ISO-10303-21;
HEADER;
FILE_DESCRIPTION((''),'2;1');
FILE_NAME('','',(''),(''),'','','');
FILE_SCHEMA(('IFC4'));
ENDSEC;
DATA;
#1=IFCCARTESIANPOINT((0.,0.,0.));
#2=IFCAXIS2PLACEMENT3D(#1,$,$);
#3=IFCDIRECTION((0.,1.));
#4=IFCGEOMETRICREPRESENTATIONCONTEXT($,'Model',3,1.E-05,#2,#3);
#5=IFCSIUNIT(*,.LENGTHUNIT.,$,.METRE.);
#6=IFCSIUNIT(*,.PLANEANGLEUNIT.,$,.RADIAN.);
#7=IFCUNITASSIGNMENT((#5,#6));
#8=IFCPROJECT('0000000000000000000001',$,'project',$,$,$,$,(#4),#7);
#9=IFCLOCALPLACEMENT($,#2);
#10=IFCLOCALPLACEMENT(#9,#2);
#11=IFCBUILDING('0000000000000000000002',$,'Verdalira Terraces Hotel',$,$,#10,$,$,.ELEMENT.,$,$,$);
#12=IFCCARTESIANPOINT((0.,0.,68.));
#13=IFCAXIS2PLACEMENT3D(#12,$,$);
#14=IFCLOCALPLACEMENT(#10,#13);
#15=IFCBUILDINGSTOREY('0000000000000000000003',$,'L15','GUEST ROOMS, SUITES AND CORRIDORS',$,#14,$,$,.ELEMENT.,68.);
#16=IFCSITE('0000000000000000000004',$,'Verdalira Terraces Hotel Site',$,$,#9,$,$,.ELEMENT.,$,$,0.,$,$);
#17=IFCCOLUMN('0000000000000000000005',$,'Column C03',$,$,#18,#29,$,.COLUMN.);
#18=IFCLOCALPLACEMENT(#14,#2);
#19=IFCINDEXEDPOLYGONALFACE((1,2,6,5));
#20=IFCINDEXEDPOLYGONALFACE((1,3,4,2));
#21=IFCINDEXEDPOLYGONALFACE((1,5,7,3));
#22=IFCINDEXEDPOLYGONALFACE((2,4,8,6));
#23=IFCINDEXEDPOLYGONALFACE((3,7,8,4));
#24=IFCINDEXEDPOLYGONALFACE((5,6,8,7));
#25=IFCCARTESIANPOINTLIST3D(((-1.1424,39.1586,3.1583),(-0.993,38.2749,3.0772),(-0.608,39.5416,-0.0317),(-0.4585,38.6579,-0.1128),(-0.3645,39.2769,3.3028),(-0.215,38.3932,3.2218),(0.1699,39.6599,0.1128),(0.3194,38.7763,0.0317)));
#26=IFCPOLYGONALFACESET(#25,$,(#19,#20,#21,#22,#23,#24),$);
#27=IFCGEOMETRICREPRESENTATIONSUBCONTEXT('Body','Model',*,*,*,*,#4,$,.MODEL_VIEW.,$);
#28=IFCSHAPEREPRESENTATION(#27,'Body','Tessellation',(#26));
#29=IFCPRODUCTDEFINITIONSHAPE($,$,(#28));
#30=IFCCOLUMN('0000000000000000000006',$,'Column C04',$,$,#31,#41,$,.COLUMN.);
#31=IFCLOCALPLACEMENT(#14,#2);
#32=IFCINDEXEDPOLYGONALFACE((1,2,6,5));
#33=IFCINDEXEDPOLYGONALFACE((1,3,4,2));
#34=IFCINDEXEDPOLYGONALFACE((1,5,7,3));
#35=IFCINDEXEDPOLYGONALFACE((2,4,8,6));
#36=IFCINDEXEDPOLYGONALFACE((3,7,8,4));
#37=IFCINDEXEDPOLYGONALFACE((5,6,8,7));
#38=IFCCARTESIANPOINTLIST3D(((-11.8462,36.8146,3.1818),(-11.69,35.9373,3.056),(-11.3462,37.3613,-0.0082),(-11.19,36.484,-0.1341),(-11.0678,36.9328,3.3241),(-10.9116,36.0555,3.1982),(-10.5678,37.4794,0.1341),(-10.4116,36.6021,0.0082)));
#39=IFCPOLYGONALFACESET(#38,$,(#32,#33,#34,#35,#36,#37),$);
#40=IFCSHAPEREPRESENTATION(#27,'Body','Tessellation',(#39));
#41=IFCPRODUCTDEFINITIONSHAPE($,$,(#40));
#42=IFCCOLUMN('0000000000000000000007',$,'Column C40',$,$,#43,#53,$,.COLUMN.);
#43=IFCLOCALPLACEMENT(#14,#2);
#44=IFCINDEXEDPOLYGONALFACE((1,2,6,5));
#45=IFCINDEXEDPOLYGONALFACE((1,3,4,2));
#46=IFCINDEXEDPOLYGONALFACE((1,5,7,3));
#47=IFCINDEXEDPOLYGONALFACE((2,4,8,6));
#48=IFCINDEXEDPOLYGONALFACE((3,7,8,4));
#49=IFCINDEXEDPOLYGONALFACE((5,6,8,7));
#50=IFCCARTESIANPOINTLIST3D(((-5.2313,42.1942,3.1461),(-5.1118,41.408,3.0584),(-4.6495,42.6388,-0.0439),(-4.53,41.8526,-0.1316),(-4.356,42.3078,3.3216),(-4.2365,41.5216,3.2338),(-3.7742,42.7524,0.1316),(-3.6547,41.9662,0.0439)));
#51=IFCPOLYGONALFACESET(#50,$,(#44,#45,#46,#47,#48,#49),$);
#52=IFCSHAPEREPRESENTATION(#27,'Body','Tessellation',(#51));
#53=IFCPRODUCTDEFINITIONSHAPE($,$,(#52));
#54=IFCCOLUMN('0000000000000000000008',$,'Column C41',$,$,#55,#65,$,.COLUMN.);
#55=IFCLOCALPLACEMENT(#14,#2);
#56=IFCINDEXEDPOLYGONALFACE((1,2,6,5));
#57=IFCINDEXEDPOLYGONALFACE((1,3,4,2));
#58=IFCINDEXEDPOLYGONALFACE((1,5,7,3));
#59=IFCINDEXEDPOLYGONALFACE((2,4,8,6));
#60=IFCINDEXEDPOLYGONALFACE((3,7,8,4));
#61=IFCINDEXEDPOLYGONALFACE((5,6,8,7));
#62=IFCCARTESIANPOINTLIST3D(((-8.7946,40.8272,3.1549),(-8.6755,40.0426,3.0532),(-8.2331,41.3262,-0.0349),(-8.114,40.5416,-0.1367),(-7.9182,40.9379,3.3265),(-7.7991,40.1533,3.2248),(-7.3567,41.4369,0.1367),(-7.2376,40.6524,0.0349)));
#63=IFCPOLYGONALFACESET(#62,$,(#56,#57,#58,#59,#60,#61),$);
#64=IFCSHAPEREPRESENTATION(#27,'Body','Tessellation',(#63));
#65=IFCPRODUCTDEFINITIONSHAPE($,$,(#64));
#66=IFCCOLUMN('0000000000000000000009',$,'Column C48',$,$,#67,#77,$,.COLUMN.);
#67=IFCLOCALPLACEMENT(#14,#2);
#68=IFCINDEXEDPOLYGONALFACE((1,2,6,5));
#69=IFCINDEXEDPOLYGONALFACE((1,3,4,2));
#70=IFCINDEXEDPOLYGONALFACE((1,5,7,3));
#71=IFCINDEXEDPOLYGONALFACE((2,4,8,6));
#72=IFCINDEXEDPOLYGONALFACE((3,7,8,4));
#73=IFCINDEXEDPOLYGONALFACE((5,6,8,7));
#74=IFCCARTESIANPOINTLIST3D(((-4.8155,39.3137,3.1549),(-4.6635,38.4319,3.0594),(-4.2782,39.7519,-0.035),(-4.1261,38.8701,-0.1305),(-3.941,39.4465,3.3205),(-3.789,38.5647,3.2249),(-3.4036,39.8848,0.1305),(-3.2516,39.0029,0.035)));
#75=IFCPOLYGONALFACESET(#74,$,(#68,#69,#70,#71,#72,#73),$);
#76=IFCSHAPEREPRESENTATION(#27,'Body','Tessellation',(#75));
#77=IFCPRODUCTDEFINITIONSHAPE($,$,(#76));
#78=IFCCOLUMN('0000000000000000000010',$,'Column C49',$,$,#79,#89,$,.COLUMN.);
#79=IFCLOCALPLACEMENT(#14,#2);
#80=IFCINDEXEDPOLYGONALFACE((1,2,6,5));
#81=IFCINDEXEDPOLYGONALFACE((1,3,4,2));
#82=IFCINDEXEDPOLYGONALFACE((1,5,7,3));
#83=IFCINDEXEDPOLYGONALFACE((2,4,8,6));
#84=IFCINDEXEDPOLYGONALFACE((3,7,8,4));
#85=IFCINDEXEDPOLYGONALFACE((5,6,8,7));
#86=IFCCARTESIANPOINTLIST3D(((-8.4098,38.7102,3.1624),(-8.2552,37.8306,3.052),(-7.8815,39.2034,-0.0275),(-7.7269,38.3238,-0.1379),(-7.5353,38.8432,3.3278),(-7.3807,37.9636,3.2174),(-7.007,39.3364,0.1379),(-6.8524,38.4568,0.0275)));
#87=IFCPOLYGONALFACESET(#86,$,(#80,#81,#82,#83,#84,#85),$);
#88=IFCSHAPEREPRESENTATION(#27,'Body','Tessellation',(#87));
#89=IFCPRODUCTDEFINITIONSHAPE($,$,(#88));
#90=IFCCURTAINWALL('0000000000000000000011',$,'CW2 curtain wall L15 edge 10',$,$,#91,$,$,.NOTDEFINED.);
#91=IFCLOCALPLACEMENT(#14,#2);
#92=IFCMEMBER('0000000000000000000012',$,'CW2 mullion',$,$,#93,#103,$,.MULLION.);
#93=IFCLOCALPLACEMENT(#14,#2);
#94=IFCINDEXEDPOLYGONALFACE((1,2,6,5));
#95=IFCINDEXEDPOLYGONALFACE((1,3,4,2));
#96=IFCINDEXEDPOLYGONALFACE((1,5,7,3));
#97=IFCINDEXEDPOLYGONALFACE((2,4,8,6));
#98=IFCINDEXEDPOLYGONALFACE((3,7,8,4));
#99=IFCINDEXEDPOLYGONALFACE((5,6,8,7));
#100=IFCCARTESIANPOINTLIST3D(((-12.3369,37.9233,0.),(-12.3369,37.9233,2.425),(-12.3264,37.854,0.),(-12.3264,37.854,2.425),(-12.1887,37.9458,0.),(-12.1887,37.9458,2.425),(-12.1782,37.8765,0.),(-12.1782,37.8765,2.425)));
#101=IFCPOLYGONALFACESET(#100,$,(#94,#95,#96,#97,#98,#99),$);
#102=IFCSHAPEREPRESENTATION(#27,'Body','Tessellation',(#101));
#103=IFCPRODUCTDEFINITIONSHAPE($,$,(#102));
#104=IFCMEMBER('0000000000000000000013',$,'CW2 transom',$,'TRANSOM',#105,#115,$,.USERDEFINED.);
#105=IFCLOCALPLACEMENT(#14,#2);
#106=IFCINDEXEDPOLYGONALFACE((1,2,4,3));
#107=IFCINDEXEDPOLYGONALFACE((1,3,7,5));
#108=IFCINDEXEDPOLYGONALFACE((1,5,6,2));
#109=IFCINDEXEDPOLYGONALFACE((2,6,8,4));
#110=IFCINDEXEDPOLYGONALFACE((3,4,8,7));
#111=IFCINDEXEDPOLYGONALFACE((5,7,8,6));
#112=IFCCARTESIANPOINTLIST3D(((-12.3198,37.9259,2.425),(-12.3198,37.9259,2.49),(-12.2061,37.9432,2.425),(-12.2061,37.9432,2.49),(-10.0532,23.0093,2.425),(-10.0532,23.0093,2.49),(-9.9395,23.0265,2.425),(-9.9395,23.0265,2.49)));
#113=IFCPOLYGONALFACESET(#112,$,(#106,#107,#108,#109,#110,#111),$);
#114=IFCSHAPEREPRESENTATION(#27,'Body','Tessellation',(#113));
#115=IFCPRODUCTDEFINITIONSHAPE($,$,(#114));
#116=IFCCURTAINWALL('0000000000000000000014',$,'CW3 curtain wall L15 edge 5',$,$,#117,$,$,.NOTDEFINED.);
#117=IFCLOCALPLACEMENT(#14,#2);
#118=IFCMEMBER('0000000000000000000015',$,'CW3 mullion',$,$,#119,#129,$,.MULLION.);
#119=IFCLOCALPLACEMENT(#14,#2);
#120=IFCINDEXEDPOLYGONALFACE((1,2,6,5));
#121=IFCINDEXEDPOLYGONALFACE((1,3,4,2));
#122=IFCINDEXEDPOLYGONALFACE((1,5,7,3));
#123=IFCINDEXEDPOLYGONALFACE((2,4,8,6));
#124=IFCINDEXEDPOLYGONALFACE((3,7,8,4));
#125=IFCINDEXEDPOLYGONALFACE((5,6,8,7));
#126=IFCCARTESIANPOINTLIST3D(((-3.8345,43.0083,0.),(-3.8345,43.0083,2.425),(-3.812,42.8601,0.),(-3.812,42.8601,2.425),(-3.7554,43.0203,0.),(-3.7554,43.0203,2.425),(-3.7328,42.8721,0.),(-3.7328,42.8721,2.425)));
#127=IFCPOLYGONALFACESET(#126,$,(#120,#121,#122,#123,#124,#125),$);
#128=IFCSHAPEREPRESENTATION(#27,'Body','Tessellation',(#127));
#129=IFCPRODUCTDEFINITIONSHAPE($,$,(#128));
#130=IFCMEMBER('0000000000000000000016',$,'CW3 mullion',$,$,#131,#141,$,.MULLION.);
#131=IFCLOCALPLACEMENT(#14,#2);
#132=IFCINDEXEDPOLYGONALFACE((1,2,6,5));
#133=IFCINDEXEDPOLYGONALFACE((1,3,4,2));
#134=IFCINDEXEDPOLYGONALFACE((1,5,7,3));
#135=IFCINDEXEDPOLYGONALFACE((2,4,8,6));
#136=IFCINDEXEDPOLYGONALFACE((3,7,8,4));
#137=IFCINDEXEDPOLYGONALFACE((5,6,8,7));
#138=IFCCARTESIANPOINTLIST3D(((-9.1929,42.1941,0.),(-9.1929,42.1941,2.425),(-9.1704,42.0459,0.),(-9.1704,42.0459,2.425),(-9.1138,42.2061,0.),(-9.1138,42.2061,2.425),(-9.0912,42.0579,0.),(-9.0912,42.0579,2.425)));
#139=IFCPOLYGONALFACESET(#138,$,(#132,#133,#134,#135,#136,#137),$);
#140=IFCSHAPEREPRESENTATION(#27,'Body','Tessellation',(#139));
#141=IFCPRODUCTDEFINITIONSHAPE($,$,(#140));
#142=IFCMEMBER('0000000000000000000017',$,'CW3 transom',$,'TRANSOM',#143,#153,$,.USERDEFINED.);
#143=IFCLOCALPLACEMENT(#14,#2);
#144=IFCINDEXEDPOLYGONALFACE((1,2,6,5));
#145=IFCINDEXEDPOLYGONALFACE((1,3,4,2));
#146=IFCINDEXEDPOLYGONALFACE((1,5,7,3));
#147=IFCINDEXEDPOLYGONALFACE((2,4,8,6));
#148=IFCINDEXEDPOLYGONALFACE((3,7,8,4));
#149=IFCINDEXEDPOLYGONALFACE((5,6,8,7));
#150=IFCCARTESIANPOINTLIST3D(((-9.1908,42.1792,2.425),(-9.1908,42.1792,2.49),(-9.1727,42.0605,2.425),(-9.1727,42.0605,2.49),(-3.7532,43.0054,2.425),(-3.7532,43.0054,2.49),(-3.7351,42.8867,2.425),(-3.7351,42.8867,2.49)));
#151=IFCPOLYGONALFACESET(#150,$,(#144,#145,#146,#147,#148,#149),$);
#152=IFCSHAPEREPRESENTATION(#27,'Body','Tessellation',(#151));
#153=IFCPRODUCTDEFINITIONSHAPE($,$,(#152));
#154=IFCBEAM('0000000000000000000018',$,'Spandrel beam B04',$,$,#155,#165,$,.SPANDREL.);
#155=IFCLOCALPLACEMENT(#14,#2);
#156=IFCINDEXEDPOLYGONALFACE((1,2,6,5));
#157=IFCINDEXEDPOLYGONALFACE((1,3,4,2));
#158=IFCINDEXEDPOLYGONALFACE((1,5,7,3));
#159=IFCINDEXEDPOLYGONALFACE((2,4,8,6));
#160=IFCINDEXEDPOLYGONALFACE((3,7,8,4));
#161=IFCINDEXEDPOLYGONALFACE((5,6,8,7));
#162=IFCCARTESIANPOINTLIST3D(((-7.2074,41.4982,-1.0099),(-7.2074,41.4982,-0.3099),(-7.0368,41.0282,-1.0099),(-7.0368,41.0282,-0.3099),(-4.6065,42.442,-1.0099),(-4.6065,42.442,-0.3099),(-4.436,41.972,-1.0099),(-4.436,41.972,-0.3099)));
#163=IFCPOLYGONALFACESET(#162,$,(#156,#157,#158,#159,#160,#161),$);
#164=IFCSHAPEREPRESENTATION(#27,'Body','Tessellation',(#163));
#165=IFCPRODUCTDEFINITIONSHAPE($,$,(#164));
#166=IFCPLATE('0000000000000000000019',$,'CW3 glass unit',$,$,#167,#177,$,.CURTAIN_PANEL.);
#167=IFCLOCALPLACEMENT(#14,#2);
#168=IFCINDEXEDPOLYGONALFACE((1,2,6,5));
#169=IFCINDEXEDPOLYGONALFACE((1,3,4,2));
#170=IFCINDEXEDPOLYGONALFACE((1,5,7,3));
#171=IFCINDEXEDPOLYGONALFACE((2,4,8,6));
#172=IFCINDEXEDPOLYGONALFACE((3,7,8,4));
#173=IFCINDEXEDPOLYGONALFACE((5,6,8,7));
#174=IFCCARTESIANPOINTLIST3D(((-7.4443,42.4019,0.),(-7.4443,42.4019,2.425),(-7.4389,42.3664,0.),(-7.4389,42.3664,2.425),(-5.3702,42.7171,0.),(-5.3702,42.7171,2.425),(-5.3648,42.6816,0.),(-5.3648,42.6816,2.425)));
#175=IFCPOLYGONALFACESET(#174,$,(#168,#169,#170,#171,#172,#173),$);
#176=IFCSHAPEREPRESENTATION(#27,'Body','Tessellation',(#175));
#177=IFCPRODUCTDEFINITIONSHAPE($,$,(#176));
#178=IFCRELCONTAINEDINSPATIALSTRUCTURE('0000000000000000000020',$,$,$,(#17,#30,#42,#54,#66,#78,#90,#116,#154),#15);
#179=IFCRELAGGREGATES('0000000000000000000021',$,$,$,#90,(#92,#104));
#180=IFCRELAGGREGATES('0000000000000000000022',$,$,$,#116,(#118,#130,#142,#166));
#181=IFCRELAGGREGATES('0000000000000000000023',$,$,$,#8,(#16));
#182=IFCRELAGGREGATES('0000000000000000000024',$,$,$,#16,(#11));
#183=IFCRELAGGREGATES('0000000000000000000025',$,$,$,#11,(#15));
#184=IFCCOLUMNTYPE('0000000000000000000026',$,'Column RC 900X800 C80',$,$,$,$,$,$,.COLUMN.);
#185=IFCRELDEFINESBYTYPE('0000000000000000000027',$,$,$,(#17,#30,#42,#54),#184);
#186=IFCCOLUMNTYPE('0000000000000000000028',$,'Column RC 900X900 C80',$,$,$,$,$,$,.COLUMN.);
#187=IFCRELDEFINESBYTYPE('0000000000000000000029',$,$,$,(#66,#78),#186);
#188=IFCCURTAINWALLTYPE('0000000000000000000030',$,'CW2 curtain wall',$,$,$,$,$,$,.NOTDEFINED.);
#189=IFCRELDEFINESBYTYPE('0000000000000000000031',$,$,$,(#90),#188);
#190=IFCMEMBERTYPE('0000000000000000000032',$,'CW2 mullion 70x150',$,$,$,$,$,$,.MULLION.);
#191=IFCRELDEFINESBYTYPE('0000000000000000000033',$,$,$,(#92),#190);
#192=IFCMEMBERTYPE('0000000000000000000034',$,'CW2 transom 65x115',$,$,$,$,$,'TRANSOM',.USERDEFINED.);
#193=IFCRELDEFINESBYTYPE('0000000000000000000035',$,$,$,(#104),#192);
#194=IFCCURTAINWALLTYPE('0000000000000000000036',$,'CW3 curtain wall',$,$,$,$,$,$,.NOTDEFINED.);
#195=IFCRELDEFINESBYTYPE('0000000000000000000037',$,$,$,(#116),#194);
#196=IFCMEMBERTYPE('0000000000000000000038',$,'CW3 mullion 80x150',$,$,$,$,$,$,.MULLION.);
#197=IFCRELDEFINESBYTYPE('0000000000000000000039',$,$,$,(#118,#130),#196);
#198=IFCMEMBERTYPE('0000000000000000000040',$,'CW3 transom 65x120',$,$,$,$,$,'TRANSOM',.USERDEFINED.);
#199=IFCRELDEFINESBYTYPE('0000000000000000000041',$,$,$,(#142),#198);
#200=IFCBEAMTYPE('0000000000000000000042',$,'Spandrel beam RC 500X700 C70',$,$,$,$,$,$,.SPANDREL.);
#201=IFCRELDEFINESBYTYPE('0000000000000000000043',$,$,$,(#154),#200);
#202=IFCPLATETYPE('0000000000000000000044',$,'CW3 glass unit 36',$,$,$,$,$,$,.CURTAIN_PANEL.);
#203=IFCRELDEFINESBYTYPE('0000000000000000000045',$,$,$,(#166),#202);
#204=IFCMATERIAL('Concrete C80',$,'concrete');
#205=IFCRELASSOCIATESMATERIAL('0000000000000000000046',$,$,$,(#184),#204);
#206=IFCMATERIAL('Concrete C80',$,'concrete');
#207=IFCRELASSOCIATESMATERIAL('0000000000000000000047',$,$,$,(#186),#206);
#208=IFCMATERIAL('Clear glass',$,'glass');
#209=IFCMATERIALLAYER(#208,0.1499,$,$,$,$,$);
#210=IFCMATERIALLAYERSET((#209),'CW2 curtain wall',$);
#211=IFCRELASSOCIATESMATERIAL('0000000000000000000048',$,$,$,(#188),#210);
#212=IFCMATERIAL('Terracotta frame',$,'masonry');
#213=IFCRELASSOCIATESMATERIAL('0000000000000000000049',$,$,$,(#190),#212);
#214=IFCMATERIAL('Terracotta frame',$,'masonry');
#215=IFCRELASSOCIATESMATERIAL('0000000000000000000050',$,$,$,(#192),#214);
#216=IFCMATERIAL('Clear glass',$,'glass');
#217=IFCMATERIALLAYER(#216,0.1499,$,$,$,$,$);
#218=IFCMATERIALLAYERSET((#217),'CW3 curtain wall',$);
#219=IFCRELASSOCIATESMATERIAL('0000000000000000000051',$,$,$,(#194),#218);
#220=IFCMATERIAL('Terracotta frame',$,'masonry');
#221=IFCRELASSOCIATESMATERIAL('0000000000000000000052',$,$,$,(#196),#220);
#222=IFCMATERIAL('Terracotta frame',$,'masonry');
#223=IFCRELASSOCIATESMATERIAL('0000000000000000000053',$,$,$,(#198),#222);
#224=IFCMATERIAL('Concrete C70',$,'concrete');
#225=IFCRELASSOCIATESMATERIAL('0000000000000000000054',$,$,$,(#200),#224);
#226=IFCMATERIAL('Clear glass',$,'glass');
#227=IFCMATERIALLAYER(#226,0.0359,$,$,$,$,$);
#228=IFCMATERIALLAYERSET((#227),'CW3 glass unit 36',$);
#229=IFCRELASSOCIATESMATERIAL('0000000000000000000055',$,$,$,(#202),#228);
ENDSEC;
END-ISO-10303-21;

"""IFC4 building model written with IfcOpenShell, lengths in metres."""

from ifc_helpers import new_model, si_unit, direction, frame, origin, origin_2d, place, context, subcontext, project, spatial, rectangle, extrude, material, layer, layer_set, material_profile, profile_set, type_object, element, aggregate, save


model = new_model("IFC4")

# Units and contexts
model_context = context("Model", 3, precision=1e-05, world=origin(), true_north=direction((0.0, 1.0)))
body_context = subcontext(model_context, "Body", "Model", "MODEL_VIEW")
ifc_project = project(units=[si_unit("LENGTHUNIT", "METRE"), si_unit("PLANEANGLEUNIT", "RADIAN")], contexts=[model_context])

# Site, building, storey
site_placement = place(None, origin())
site = spatial("IfcSite", under=ifc_project, at=site_placement, Name="Verdalira Terraces Hotel Site", CompositionType="ELEMENT", RefElevation=0.0)
building_placement = place(site_placement, origin())
building = spatial("IfcBuilding", under=site, at=building_placement, Name="Verdalira Terraces Hotel", CompositionType="ELEMENT")
storey_placement = place(building_placement, frame((0.0, 0.0, 68.0)))
storey = spatial("IfcBuildingStorey", under=building, at=storey_placement, Name="L15", Description="GUEST ROOMS, SUITES AND CORRIDORS", CompositionType="ELEMENT", Elevation=68.0)

# Columns
ifc_material_1 = material(Name="Concrete C80", Category="concrete")
ifc_material_profile_1 = material_profile(ifc_material_1, rectangle(XDim=0.8999, YDim=0.8, at=origin_2d()), Name="RC 900X800")
ifc_profile_set_1 = profile_set([ifc_material_profile_1], Name="Concrete C80")
column_type_1 = type_object("IfcColumnType", Name="Column RC 900X800 C80", PredefinedType="COLUMN", material=ifc_profile_set_1)
column_1_placement = place(storey_placement, frame((-0.1443, 39.1589, 0.0), z_axis=(-0.164085, -0.11761, 0.97941), x_axis=(-0.166101, 0.981985, 0.090092)))
element("IfcColumn", 1, at=column_1_placement, inside=storey, type_object=column_type_1, Name="Column C03", PredefinedType="COLUMN", context=body_context, shape_type="SweptSolid", body=[
    extrude(rectangle(XDim=0.8999, YDim=0.8, at=origin_2d()), origin(), (0.0, 0.0, 1.0), 3.2571),
])
column_2_placement = place(storey_placement, frame((-10.8789, 36.9817, 0.0), z_axis=(-0.15268, -0.166919, 0.974078), x_axis=(0.173525, -0.974849, -0.139852)))
element("IfcColumn", 2, at=column_2_placement, inside=storey, type_object=column_type_1, Name="Column C04", PredefinedType="COLUMN", context=body_context, shape_type="SweptSolid", body=[
    extrude(rectangle(XDim=0.8999, YDim=0.8, at=origin_2d()), origin(), (0.0, 0.0, 1.0), 3.2749),
])
column_3_placement = place(storey_placement, frame((-4.1521, 42.3025, 0.0), z_axis=(-0.177759, -0.135837, 0.974654), x_axis=(-0.972656, -0.126182, -0.194981)))
element("IfcColumn", 3, at=column_3_placement, inside=storey, type_object=column_type_1, Name="Column C40", PredefinedType="COLUMN", context=body_context, shape_type="SweptSolid", body=[
    extrude(rectangle(XDim=0.8999, YDim=0.8, at=origin_2d()), origin(), (0.0, 0.0, 1.0), 3.2729),
])
column_4_placement = place(storey_placement, frame((-7.7354, 40.9893, 0.0), z_axis=(-0.171342, -0.152271, 0.973373), x_axis=(-0.973904, -0.123079, -0.19069)))
element("IfcColumn", 4, at=column_4_placement, inside=storey, type_object=column_type_1, Name="Column C41", PredefinedType="COLUMN", context=body_context, shape_type="SweptSolid", body=[
    extrude(rectangle(XDim=0.8999, YDim=0.8, at=origin_2d()), origin(), (0.0, 0.0, 1.0), 3.2771),
])
ifc_material_2 = material(Name="Concrete C80", Category="concrete")
ifc_material_profile_2 = material_profile(ifc_material_2, rectangle(XDim=0.8999, YDim=0.8999, at=origin_2d()), Name="RC 900X900")
ifc_profile_set_2 = profile_set([ifc_material_profile_2], Name="Concrete C80")
column_type_2 = type_object("IfcColumnType", Name="Column RC 900X900 C80", PredefinedType="COLUMN", material=ifc_profile_set_2)
column_5_placement = place(storey_placement, frame((-3.7649, 39.3774, 0.0), z_axis=(-0.164609, -0.134245, 0.977181), x_axis=(-0.168919, 0.979896, 0.106163)))
element("IfcColumn", 5, at=column_5_placement, inside=storey, type_object=column_type_2, Name="Column C48", PredefinedType="COLUMN", context=body_context, shape_type="SweptSolid", body=[
    extrude(rectangle(XDim=0.8999, YDim=0.8999, at=origin_2d()), origin(), (0.0, 0.0, 1.0), 3.2644),
])
column_6_placement = place(storey_placement, frame((-7.3669, 38.8301, 0.0), z_axis=(-0.161527, -0.150778, 0.975282), x_axis=(-0.171853, 0.977457, 0.122652)))
element("IfcColumn", 6, at=column_6_placement, inside=storey, type_object=column_type_2, Name="Column C49", PredefinedType="COLUMN", context=body_context, shape_type="SweptSolid", body=[
    extrude(rectangle(XDim=0.8999, YDim=0.8999, at=origin_2d()), origin(), (0.0, 0.0, 1.0), 3.2708),
])

# Curtain walls, members
ifc_material_3 = material(Name="Clear glass", Category="glass")
ifc_layer_1 = layer(ifc_material_3, 0.1499)
ifc_layer_set_1 = layer_set([ifc_layer_1], Name="CW2 curtain wall")
curtain_wall_type_1 = type_object("IfcCurtainWallType", Name="CW2 curtain wall", PredefinedType="NOTDEFINED", material=ifc_layer_set_1)
curtain_wall_1_placement = place(storey_placement, origin())
curtain_wall_1 = element("IfcCurtainWall", 7, at=curtain_wall_1_placement, inside=storey, type_object=curtain_wall_type_1, Name="CW2 curtain wall L15 edge 10", PredefinedType="NOTDEFINED")
ifc_material_4 = material(Name="Terracotta frame", Category="masonry")
ifc_material_profile_3 = material_profile(ifc_material_4, rectangle(XDim=0.0701, YDim=0.1499, at=origin_2d()), Name="MU 70x150")
ifc_profile_set_3 = profile_set([ifc_material_profile_3], Name="Terracotta frame")
member_type_1 = type_object("IfcMemberType", Name="CW2 mullion 70x150", PredefinedType="MULLION", material=ifc_profile_set_3)
member_1_placement = place(storey_placement, frame((-12.2576, 37.8999, 0.0), z_axis=(0.0, 0.0, 1.0), x_axis=(0.150226, -0.988652, 0.0)))
member_1 = element("IfcMember", 8, at=member_1_placement, type_object=member_type_1, Name="CW2 mullion", PredefinedType="MULLION", context=body_context, shape_type="SweptSolid", body=[
    extrude(rectangle(XDim=0.0701, YDim=0.1499, at=origin_2d()), origin(), (0.0, 0.0, 1.0), 2.425),
])
ifc_material_5 = material(Name="Terracotta frame", Category="masonry")
ifc_material_profile_4 = material_profile(ifc_material_5, rectangle(XDim=0.115, YDim=0.0649, at=origin_2d()), Name="TR 65x115")
ifc_profile_set_4 = profile_set([ifc_material_profile_4], Name="Terracotta frame")
member_type_2 = type_object("IfcMemberType", Name="CW2 transom 65x115", ElementType="TRANSOM", PredefinedType="USERDEFINED", material=ifc_profile_set_4)
member_2_placement = place(storey_placement, frame((-12.2629, 37.9346, 2.4575), z_axis=(0.150226, -0.988652, 0.0), x_axis=(0.988652, 0.150226, 0.0)))
member_2 = element("IfcMember", 9, at=member_2_placement, type_object=member_type_2, Name="CW2 transom", ObjectType="TRANSOM", PredefinedType="USERDEFINED", context=body_context, shape_type="SweptSolid", body=[
    extrude(rectangle(XDim=0.115, YDim=0.0649, at=origin_2d()), origin(), (0.0, 0.0, 1.0), 15.0879),
])
aggregate(curtain_wall_1, [member_1, member_2])
ifc_material_6 = material(Name="Clear glass", Category="glass")
ifc_layer_2 = layer(ifc_material_6, 0.1499)
ifc_layer_set_2 = layer_set([ifc_layer_2], Name="CW3 curtain wall")
curtain_wall_type_2 = type_object("IfcCurtainWallType", Name="CW3 curtain wall", PredefinedType="NOTDEFINED", material=ifc_layer_set_2)
curtain_wall_2_placement = place(storey_placement, origin())
curtain_wall_2 = element("IfcCurtainWall", 10, at=curtain_wall_2_placement, inside=storey, type_object=curtain_wall_type_2, Name="CW3 curtain wall L15 edge 5", PredefinedType="NOTDEFINED")
ifc_material_7 = material(Name="Terracotta frame", Category="masonry")
ifc_material_profile_5 = material_profile(ifc_material_7, rectangle(XDim=0.0801, YDim=0.1499, at=origin_2d()), Name="MU 80x150")
ifc_profile_set_5 = profile_set([ifc_material_profile_5], Name="Terracotta frame")
member_type_3 = type_object("IfcMemberType", Name="CW3 mullion 80x150", PredefinedType="MULLION", material=ifc_profile_set_5)
member_3_placement = place(storey_placement, frame((-3.7837, 42.9402, 0.0), z_axis=(0.0, 0.0, 1.0), x_axis=(-0.988652, -0.150226, 0.0)))
member_3 = element("IfcMember", 11, at=member_3_placement, type_object=member_type_3, Name="CW3 mullion", PredefinedType="MULLION", context=body_context, shape_type="SweptSolid", body=[
    extrude(rectangle(XDim=0.0801, YDim=0.1499, at=origin_2d()), origin(), (0.0, 0.0, 1.0), 2.425),
])
member_4_placement = place(storey_placement, frame((-9.1421, 42.126, 0.0), z_axis=(0.0, 0.0, 1.0), x_axis=(-0.988652, -0.150226, 0.0)))
member_4 = element("IfcMember", 12, at=member_4_placement, type_object=member_type_3, Name="CW3 mullion", PredefinedType="MULLION", context=body_context, shape_type="SweptSolid", body=[
    extrude(rectangle(XDim=0.0801, YDim=0.1499, at=origin_2d()), origin(), (0.0, 0.0, 1.0), 2.425),
])
ifc_material_8 = material(Name="Terracotta frame", Category="masonry")
ifc_material_profile_6 = material_profile(ifc_material_8, rectangle(XDim=0.1201, YDim=0.0649, at=origin_2d()), Name="TR 65x120")
ifc_profile_set_6 = profile_set([ifc_material_profile_6], Name="Terracotta frame")
member_type_4 = type_object("IfcMemberType", Name="CW3 transom 65x120", ElementType="TRANSOM", PredefinedType="USERDEFINED", material=ifc_profile_set_6)
member_5_placement = place(storey_placement, frame((-3.7441, 42.946, 2.4575), z_axis=(-0.988653, -0.150216, 0.0), x_axis=(0.150216, -0.988653, 0.0)))
member_5 = element("IfcMember", 13, at=member_5_placement, type_object=member_type_4, Name="CW3 transom", ObjectType="TRANSOM", PredefinedType="USERDEFINED", context=body_context, shape_type="SweptSolid", body=[
    extrude(rectangle(XDim=0.1201, YDim=0.0649, at=origin_2d()), origin(), (0.0, 0.0, 1.0), 5.5),
])

# Beam
ifc_material_9 = material(Name="Concrete C70", Category="concrete")
ifc_material_profile_7 = material_profile(ifc_material_9, rectangle(XDim=0.5, YDim=0.7, at=origin_2d()), Name="RC 500X700")
ifc_profile_set_7 = profile_set([ifc_material_profile_7], Name="Concrete C70")
beam_type = type_object("IfcBeamType", Name="Spandrel beam RC 500X700 C70", PredefinedType="SPANDREL", material=ifc_profile_set_7)
beam_placement = place(storey_placement, frame((-4.5212, 42.207, -0.6599), z_axis=(-0.940015, -0.341134, 0.0), x_axis=(0.341134, -0.940015, 0.0)))
element("IfcBeam", 14, at=beam_placement, inside=storey, type_object=beam_type, Name="Spandrel beam B04", PredefinedType="SPANDREL", context=body_context, shape_type="SweptSolid", body=[
    extrude(rectangle(XDim=0.5, YDim=0.7, at=origin_2d()), origin(), (0.0, 0.0, 1.0), 2.7668),
])

# Plate
ifc_material_10 = material(Name="Clear glass", Category="glass")
ifc_layer_3 = layer(ifc_material_10, 0.0359)
ifc_layer_set_3 = layer_set([ifc_layer_3], Name="CW3 glass unit 36")
plate_type = type_object("IfcPlateType", Name="CW3 glass unit 36", PredefinedType="CURTAIN_PANEL", material=ifc_layer_set_3)
plate_placement = place(storey_placement, frame((-6.4045, 42.5417, 0.0), z_axis=(0.0, 0.0, 1.0), x_axis=(-0.988652, -0.150226, 0.0)))
plate = element("IfcPlate", 15, at=plate_placement, type_object=plate_type, Name="CW3 glass unit", PredefinedType="CURTAIN_PANEL", context=body_context, shape_type="SweptSolid", body=[
    extrude(rectangle(XDim=2.0979, YDim=0.0359, at=origin_2d()), origin(), (0.0, 0.0, 1.0), 2.425),
])
aggregate(curtain_wall_2, [member_3, member_4, member_5, plate])

save(model, "model.ifc")
